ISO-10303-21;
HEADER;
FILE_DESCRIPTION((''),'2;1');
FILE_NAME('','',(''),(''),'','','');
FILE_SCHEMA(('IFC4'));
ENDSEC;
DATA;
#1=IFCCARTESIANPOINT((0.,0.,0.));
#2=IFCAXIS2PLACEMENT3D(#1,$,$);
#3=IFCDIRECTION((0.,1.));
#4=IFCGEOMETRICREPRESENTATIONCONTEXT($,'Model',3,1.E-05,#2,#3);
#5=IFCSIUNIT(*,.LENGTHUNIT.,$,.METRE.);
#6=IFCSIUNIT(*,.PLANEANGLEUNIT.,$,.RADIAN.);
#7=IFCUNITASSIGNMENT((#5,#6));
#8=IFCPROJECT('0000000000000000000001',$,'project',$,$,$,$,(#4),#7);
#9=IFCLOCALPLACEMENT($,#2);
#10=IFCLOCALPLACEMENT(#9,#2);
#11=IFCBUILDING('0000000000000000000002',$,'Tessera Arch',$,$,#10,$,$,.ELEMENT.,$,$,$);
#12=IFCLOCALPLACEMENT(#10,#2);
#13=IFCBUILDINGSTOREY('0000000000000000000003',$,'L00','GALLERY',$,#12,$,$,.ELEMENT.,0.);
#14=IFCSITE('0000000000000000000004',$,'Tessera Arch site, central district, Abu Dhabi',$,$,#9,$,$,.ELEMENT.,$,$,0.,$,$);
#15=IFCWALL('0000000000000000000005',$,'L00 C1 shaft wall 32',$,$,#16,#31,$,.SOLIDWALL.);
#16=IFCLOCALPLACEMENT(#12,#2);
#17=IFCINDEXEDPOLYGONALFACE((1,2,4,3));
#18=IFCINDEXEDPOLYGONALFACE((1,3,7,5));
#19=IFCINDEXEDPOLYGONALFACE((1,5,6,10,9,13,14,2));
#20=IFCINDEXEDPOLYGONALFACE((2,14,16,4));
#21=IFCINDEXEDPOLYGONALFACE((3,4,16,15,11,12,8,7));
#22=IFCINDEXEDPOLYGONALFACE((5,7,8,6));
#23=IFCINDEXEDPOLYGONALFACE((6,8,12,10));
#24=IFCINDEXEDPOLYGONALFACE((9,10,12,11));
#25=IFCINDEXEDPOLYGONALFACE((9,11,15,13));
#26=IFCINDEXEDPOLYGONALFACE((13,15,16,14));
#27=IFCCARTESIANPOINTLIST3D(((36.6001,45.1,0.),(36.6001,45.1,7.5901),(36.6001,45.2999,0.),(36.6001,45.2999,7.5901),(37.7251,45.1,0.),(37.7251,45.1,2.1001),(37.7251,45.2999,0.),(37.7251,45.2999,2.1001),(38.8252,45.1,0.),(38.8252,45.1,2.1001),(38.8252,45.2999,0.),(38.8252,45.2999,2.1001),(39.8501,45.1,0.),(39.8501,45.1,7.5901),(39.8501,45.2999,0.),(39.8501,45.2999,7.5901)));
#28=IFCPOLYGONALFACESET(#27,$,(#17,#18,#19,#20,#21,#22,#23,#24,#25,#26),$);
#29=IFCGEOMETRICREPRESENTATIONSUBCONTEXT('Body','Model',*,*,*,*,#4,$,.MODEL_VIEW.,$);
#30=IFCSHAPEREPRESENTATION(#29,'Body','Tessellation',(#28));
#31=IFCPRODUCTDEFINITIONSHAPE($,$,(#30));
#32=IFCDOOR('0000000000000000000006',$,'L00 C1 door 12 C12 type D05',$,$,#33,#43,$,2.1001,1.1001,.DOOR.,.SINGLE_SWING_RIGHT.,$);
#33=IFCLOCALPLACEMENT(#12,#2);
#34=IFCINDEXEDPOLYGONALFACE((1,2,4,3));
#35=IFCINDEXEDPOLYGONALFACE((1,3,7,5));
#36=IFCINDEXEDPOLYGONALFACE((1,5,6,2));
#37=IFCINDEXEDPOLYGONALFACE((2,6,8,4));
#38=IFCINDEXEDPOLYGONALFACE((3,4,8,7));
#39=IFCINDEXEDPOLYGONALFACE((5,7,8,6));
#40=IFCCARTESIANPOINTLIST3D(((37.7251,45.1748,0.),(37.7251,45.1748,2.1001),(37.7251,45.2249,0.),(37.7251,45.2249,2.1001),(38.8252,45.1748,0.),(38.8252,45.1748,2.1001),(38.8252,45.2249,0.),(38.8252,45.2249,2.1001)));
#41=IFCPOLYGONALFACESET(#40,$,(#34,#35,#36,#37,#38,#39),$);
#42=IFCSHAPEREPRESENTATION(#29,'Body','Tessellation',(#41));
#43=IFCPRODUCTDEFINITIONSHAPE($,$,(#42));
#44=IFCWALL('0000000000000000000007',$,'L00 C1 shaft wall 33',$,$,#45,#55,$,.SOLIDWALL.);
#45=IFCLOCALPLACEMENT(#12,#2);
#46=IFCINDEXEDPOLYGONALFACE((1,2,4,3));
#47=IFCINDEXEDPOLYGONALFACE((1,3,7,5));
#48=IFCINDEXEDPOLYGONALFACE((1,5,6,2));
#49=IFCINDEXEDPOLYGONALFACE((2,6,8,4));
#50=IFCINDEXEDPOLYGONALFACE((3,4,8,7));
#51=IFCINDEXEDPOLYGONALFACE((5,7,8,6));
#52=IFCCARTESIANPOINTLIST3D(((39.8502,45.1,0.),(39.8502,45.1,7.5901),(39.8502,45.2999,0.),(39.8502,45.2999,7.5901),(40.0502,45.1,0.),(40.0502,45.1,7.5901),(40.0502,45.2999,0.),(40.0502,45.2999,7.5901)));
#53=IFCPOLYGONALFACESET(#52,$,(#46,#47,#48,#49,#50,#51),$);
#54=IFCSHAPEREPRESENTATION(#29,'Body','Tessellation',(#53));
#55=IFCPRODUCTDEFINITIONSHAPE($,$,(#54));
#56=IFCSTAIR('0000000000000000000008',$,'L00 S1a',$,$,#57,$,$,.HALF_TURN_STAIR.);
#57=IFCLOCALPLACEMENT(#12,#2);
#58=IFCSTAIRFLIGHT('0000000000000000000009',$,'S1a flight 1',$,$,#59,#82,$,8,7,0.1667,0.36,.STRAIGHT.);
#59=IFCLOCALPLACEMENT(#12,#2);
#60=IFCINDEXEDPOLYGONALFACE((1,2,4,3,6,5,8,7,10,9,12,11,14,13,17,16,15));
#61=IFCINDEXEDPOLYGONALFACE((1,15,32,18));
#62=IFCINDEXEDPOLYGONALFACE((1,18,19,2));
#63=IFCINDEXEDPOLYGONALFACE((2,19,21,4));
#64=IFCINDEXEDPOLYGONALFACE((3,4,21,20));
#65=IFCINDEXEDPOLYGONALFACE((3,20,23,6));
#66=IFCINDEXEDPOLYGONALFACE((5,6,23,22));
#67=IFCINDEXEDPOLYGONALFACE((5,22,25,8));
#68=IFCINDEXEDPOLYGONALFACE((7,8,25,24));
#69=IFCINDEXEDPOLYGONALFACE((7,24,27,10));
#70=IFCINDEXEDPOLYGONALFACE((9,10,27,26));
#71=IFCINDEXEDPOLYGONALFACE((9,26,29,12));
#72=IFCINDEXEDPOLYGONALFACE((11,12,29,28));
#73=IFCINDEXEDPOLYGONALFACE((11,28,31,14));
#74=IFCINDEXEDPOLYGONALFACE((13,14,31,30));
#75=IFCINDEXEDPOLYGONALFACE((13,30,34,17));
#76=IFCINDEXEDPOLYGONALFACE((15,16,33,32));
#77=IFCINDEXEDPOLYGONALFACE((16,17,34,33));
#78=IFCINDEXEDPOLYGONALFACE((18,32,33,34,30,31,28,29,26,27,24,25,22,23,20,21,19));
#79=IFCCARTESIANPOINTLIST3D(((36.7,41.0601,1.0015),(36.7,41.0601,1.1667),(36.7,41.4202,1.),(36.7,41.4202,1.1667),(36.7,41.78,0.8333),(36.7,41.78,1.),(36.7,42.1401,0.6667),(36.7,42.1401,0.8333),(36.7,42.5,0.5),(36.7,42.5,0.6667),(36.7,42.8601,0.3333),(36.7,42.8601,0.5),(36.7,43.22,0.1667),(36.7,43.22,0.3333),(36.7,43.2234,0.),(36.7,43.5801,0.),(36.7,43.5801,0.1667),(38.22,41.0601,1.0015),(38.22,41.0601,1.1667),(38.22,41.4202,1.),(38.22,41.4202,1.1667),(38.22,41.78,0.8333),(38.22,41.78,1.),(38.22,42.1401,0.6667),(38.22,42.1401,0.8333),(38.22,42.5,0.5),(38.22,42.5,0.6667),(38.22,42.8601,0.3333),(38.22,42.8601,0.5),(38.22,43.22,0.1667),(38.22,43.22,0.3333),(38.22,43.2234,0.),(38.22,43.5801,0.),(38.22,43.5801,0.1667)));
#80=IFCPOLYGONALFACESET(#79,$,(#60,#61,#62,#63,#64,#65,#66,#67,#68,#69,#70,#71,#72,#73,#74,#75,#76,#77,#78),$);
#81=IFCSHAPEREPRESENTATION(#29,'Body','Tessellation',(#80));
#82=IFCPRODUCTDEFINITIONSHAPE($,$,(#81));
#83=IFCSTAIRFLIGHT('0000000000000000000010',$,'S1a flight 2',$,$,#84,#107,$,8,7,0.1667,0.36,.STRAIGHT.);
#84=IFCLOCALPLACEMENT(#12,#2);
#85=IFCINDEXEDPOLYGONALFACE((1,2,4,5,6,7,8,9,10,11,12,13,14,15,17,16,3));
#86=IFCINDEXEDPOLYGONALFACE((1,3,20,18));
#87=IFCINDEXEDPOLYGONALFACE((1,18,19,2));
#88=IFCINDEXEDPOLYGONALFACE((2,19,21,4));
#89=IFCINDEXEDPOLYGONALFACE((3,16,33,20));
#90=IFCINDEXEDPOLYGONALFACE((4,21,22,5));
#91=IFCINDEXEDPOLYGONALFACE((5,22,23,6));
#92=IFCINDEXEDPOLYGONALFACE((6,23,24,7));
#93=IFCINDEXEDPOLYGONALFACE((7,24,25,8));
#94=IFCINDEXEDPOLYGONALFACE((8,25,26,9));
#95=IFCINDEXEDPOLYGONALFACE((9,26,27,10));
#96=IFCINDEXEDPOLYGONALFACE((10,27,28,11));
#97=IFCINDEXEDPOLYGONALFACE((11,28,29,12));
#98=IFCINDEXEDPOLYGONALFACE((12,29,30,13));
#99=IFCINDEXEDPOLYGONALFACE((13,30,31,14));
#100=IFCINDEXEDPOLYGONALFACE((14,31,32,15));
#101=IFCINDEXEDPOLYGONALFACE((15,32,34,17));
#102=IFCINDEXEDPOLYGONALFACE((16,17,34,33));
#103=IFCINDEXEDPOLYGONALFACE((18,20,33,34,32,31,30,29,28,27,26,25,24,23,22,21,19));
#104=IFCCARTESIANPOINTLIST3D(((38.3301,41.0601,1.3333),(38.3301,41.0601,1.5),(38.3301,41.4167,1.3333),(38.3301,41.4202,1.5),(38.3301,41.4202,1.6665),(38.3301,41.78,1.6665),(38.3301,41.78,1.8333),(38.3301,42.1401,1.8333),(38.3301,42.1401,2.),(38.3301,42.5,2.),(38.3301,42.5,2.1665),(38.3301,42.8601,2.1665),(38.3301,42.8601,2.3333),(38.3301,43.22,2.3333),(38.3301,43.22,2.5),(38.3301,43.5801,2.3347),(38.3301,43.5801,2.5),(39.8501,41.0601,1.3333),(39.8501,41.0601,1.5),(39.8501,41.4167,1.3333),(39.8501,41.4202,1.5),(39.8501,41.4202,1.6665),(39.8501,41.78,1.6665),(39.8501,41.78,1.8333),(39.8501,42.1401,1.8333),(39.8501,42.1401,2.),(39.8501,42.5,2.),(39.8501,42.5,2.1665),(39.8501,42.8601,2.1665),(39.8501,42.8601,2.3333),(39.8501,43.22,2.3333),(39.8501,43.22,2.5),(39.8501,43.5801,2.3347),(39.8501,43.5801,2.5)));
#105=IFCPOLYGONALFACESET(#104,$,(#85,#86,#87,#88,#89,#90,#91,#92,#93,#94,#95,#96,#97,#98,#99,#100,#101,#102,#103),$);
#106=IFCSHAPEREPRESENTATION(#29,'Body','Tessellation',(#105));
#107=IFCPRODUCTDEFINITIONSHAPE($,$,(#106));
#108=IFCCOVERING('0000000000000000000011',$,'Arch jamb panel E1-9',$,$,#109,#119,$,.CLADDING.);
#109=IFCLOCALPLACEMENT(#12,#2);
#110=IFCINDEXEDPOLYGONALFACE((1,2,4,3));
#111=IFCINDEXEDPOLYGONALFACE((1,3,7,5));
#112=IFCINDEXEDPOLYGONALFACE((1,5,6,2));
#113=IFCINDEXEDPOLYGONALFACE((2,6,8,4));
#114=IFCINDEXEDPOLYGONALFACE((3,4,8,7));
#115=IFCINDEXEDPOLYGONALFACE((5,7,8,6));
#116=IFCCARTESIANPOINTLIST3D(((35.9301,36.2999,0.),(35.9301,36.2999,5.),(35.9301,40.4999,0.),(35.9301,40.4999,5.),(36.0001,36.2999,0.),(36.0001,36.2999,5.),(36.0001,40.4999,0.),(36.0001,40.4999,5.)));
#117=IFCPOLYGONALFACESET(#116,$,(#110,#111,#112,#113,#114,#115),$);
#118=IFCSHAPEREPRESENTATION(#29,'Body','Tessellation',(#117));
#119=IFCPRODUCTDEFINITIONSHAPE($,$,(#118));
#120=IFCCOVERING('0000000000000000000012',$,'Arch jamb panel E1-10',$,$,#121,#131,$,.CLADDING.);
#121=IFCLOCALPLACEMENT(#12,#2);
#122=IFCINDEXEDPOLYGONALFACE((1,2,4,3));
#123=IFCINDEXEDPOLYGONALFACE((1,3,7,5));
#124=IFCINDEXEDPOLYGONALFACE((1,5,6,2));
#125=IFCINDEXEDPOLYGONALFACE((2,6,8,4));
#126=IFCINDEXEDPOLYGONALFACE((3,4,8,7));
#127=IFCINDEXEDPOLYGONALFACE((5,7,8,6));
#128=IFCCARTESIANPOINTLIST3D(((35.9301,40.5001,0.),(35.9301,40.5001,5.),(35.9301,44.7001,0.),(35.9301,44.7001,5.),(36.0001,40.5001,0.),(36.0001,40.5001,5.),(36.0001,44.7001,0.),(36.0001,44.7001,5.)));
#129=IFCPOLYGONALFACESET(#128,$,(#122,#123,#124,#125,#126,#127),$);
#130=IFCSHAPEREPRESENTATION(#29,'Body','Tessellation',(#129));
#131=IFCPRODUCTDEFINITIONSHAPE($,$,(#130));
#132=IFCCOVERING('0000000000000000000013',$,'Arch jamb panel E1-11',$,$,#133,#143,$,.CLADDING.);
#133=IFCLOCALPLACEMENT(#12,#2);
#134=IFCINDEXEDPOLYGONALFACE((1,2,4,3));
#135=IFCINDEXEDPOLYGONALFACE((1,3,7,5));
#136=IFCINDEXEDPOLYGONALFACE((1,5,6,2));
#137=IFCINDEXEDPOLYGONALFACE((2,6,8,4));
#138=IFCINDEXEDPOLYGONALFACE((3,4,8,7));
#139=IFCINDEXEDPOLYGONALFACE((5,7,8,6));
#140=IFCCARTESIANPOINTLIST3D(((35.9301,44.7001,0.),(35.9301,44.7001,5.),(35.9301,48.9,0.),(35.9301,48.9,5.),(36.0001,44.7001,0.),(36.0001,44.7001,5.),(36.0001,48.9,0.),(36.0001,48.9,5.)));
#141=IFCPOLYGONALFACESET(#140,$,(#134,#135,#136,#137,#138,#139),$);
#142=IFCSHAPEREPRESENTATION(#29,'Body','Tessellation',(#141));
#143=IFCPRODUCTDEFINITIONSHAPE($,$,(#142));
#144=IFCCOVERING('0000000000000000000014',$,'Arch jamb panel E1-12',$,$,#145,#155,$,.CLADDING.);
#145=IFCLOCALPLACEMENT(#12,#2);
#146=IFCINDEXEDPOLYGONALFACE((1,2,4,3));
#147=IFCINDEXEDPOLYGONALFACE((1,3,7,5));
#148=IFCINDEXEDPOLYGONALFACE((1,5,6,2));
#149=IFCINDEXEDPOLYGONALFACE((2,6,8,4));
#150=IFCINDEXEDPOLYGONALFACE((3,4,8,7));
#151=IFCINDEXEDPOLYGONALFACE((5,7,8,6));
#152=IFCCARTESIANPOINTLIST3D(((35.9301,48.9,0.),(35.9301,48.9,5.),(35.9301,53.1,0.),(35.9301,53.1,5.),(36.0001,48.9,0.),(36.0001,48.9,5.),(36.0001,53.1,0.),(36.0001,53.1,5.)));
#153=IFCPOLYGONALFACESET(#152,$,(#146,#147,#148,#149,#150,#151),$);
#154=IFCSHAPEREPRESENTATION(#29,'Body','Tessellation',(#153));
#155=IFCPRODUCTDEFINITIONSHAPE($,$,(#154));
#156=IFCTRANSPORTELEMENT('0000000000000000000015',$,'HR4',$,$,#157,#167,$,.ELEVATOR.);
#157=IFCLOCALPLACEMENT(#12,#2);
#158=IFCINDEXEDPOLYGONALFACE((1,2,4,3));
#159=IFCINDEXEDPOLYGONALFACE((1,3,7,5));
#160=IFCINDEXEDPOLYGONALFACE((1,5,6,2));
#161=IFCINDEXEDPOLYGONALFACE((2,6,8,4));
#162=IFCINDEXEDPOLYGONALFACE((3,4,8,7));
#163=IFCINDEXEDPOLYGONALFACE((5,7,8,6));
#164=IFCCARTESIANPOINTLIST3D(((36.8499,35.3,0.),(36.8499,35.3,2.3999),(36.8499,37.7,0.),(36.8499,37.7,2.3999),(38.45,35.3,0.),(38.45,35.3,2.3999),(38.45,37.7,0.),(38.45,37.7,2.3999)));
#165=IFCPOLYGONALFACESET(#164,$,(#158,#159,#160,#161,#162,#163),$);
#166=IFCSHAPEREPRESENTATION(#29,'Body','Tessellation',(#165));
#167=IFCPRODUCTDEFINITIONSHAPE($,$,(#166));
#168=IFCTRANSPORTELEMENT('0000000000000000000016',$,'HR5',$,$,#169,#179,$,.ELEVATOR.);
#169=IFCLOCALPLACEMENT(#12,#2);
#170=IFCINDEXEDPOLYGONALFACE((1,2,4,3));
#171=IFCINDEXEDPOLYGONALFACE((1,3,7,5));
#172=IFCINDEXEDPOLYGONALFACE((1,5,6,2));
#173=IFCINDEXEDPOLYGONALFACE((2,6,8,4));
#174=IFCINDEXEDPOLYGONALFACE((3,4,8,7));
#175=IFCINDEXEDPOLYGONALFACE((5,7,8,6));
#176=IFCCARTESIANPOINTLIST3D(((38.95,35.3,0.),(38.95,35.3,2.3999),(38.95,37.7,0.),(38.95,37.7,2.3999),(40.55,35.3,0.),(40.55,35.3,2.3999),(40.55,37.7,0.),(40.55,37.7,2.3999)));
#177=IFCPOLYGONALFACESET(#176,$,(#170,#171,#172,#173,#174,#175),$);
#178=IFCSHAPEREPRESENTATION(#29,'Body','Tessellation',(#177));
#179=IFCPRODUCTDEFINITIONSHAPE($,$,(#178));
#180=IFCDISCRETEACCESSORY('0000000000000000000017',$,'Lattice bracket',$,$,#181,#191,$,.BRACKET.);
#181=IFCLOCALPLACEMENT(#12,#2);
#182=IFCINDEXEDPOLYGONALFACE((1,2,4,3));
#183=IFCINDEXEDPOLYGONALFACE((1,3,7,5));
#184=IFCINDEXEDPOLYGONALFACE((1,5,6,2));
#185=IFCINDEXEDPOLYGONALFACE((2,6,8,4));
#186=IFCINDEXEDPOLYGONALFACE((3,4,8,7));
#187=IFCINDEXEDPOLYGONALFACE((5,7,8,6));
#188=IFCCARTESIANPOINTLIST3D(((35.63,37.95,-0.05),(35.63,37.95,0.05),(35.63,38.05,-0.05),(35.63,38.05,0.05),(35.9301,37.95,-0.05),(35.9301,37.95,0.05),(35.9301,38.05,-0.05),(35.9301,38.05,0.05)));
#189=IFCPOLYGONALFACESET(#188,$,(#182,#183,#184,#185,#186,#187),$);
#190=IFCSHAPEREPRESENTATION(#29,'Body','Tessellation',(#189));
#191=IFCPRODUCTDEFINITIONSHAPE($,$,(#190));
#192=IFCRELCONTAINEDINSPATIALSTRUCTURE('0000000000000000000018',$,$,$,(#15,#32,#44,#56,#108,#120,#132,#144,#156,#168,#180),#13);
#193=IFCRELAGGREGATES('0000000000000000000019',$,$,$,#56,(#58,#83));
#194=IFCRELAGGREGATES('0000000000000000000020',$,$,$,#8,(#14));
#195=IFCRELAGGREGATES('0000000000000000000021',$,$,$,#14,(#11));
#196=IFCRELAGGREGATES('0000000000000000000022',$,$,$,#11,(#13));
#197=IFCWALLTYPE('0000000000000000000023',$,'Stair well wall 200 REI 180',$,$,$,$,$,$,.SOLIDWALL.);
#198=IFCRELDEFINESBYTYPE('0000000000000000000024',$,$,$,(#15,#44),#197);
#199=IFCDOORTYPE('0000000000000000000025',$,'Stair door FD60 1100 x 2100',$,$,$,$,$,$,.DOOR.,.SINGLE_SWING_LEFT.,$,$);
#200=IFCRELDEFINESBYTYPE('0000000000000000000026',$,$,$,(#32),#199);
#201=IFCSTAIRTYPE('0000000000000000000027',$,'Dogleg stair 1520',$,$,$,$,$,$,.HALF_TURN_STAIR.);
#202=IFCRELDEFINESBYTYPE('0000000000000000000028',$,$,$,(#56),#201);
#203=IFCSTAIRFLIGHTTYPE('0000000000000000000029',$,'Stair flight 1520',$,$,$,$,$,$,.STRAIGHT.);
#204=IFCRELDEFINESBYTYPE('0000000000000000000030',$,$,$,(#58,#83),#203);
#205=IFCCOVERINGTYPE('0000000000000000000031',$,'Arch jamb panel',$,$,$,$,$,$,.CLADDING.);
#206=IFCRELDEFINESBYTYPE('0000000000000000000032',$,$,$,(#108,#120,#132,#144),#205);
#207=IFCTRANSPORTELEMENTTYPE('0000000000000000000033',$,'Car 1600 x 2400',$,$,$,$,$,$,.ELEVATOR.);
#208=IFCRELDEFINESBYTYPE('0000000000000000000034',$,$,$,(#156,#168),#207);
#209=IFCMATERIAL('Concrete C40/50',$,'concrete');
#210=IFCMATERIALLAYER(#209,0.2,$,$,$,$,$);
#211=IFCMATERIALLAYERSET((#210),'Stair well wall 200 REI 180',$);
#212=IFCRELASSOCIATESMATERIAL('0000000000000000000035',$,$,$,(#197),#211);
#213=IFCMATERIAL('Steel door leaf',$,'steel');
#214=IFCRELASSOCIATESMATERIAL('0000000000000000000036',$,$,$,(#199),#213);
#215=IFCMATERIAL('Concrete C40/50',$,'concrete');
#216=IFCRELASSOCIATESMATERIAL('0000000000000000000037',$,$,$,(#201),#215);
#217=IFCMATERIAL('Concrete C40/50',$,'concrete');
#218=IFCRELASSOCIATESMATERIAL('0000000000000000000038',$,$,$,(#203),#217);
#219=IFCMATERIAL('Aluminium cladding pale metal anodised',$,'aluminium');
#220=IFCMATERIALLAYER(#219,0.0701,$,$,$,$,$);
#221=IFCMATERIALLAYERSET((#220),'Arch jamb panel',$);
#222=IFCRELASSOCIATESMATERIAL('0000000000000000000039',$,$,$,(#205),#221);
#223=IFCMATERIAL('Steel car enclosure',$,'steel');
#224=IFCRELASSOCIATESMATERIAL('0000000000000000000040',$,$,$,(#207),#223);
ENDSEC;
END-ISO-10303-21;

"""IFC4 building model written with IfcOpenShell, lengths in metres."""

from ifc_helpers import new_model, si_unit, direction, frame, frame_2d, origin, origin_2d, place, context, subcontext, project, spatial, polyline, rectangle, outline, extrude, material, layer, layer_set, type_object, element, fill, aggregate, save


model = new_model("IFC4")

# Units and contexts
model_context = context("Model", 3, precision=1e-05, world=origin(), true_north=direction((0.0, 1.0)))
body_context = subcontext(model_context, "Body", "Model", "MODEL_VIEW")
ifc_project = project(units=[si_unit("LENGTHUNIT", "METRE"), si_unit("PLANEANGLEUNIT", "RADIAN")], contexts=[model_context])

# Site, building, storey
site_placement = place(None, origin())
site = spatial("IfcSite", under=ifc_project, at=site_placement, Name="Tessera Arch site, central district, Abu Dhabi", CompositionType="ELEMENT", RefElevation=0.0)
building_placement = place(site_placement, origin())
building = spatial("IfcBuilding", under=site, at=building_placement, Name="Tessera Arch", CompositionType="ELEMENT")
storey_placement = place(building_placement, origin())
storey = spatial("IfcBuildingStorey", under=building, at=storey_placement, Name="L00", Description="GALLERY", CompositionType="ELEMENT", Elevation=0.0)

# Shared definitions
ifc_material_1 = material(Name="Concrete C40/50", Category="concrete")
ifc_layer_1 = layer(ifc_material_1, 0.2)
ifc_layer_set_1 = layer_set([ifc_layer_1], Name="Stair well wall 200 REI 180")
wall_type_1 = type_object("IfcWallType", Name="Stair well wall 200 REI 180", PredefinedType="SOLIDWALL", material=ifc_layer_set_1)

# Wall, opening, door
wall_1_placement = place(storey_placement, frame((36.6001, 45.2, 0.0), z_axis=(0.0, 0.0, 1.0), x_axis=(1.0, 0.0, 0.0)))
wall_1 = element("IfcWall", 1, at=wall_1_placement, inside=storey, type_object=wall_type_1, Name="L00 C1 shaft wall 32", PredefinedType="SOLIDWALL", context=body_context, shape_type="SweptSolid", body=[
    extrude(rectangle(XDim=3.25, YDim=0.2, at=frame_2d((1.625, 0.0))), origin(), (0.0, 0.0, 1.0), 7.5901),
])
opening_1_placement = place(wall_1_placement, frame((1.125, 0.0, 0.0)))
opening_1 = element("IfcOpeningElement", 2, at=opening_1_placement, cuts=wall_1, PredefinedType="OPENING", context=body_context, shape_type="SweptSolid", body=[
    extrude(rectangle(XDim=1.1001, YDim=2.1001, at=frame_2d((0.55, 1.05))), frame((0.0, 0.1099, 0.0), z_axis=(0.0, -1.0, 0.0), x_axis=(1.0, 0.0, 0.0)), (0.0, 0.0, 1.0), 0.22),
])
ifc_material_2 = material(Name="Steel door leaf", Category="steel")
door_type_1 = type_object("IfcDoorType", Name="Stair door FD60 1100 x 2100", OperationType="SINGLE_SWING_LEFT", PredefinedType="DOOR", material=ifc_material_2)
door_1_placement = place(opening_1_placement, origin())
door_1 = element("IfcDoor", 3, at=door_1_placement, inside=storey, type_object=door_type_1, Name="L00 C1 door 12 C12 type D05", OperationType="SINGLE_SWING_RIGHT", OverallHeight=2.1001, OverallWidth=1.1001, PredefinedType="DOOR", context=body_context, shape_type="SweptSolid", body=[
    extrude(rectangle(XDim=1.1001, YDim=2.1001, at=frame_2d((0.55, 1.05))), frame((0.0, 0.0249, 0.0), z_axis=(0.0, -1.0, 0.0), x_axis=(1.0, 0.0, 0.0)), (0.0, 0.0, 1.0), 0.05),
])
fill(opening_1, door_1)

# Wall
wall_2_placement = place(storey_placement, frame((39.8501, 45.2, 0.0), z_axis=(0.0, 0.0, 1.0), x_axis=(1.0, 0.0, 0.0)))
element("IfcWall", 4, at=wall_2_placement, inside=storey, type_object=wall_type_1, Name="L00 C1 shaft wall 33", PredefinedType="SOLIDWALL", context=body_context, shape_type="SweptSolid", body=[
    extrude(rectangle(XDim=0.2, YDim=0.2, at=frame_2d((0.1001, 0.0))), origin(), (0.0, 0.0, 1.0), 7.5901),
])

# Stair, stair flights
ifc_material_3 = material(Name="Concrete C40/50", Category="concrete")
stair_type = type_object("IfcStairType", Name="Dogleg stair 1520", PredefinedType="HALF_TURN_STAIR", material=ifc_material_3)
stair_placement = place(storey_placement, origin())
stair = element("IfcStair", 5, at=stair_placement, inside=storey, type_object=stair_type, Name="L00 S1a", PredefinedType="HALF_TURN_STAIR")
ifc_material_4 = material(Name="Concrete C40/50", Category="concrete")
stair_flight_type = type_object("IfcStairFlightType", Name="Stair flight 1520", PredefinedType="STRAIGHT", material=ifc_material_4)
stair_flight_1_placement = place(storey_placement, frame((37.46, 43.5801, 0.0), z_axis=(0.0, 0.0, 1.0), x_axis=(0.0, -1.0, 0.0)))
stair_flight_1 = element("IfcStairFlight", 6, at=stair_flight_1_placement, type_object=stair_flight_type, Name="S1a flight 1", NumberOfRisers=8, NumberOfTreads=7, PredefinedType="STRAIGHT", RiserHeight=0.1667, TreadLength=0.36, context=body_context, shape_type="SweptSolid", body=[
    extrude(outline(polyline([(0.0, 0.0), (0.0, 0.1667), (0.3601, 0.1667), (0.3601, 0.3333), (0.72, 0.3333), (0.72, 0.5), (1.0801, 0.5), (1.0801, 0.6667), (1.4399, 0.6667), (1.4399, 0.8333), (1.8, 0.8333), (1.8, 1.0), (2.1599, 1.0), (2.1599, 1.1667), (2.52, 1.1667), (2.52, 1.3333), (2.52, 1.0015), (0.3567, 0.0), (0.0, 0.0)])), frame((0.0, 0.76, 0.0), z_axis=(0.0, -1.0, 0.0), x_axis=(1.0, 0.0, 0.0)), (0.0, 0.0, 1.0), 1.52),
])
stair_flight_2_placement = place(storey_placement, frame((39.0901, 41.0601, 1.3333), z_axis=(0.0, 0.0, 1.0), x_axis=(0.0, 1.0, 0.0)))
stair_flight_2 = element("IfcStairFlight", 7, at=stair_flight_2_placement, type_object=stair_flight_type, Name="S1a flight 2", NumberOfRisers=8, NumberOfTreads=7, PredefinedType="STRAIGHT", RiserHeight=0.1667, TreadLength=0.36, context=body_context, shape_type="SweptSolid", body=[
    extrude(outline(polyline([(0.0, 0.0), (0.0, 0.1667), (0.3601, 0.1667), (0.3601, 0.3333), (0.72, 0.3333), (0.72, 0.5), (1.0801, 0.5), (1.0801, 0.6667), (1.4399, 0.6667), (1.4399, 0.8333), (1.8, 0.8333), (1.8, 1.0), (2.1599, 1.0), (2.1599, 1.1667), (2.52, 1.1667), (2.52, 1.3333), (2.52, 1.0015), (0.3567, 0.0), (0.0, 0.0)])), frame((0.0, 0.76, 0.0), z_axis=(0.0, -1.0, 0.0), x_axis=(1.0, 0.0, 0.0)), (0.0, 0.0, 1.0), 1.52),
])
aggregate(stair, [stair_flight_1, stair_flight_2])

# Coverings
ifc_material_5 = material(Name="Aluminium cladding pale metal anodised", Category="aluminium")
ifc_layer_2 = layer(ifc_material_5, 0.0701)
ifc_layer_set_2 = layer_set([ifc_layer_2], Name="Arch jamb panel")
covering_type = type_object("IfcCoveringType", Name="Arch jamb panel", PredefinedType="CLADDING", material=ifc_layer_set_2)
for number, where, z_axis, x_axis, name in (
    (8, (35.9651, 38.3999, 0.0), (0.0, 0.0, 1.0), (1.0, 0.0, 0.0), "Arch jamb panel E1-9"),
    (9, (35.9651, 42.6001, 0.0), (0.0, 0.0, 1.0), (1.0, 0.0, 0.0), "Arch jamb panel E1-10"),
    (10, (35.9651, 46.8, 0.0), (0.0, 0.0, 1.0), (1.0, 0.0, 0.0), "Arch jamb panel E1-11"),
    (11, (35.9651, 51.0, 0.0), (0.0, 0.0, 1.0), (1.0, 0.0, 0.0), "Arch jamb panel E1-12"),
):
    element("IfcCovering", number, at=place(storey_placement, frame(where, z_axis=z_axis, x_axis=x_axis)), inside=storey, type_object=covering_type, Name=name, PredefinedType="CLADDING", context=body_context, shape_type="SweptSolid", body=[
        extrude(rectangle(XDim=0.0701, YDim=4.2, at=origin_2d()), origin(), (0.0, 0.0, 1.0), 5.0),
    ])

# Transport elements
ifc_material_6 = material(Name="Steel car enclosure", Category="steel")
transport_element_type = type_object("IfcTransportElementType", Name="Car 1600 x 2400", PredefinedType="ELEVATOR", material=ifc_material_6)
for number, where, z_axis, x_axis, name in (
    (12, (37.6499, 36.5, 0.0), (0.0, 0.0, 1.0), (1.0, 0.0, 0.0), "HR4"),
    (13, (39.75, 36.5, 0.0), (0.0, 0.0, 1.0), (1.0, 0.0, 0.0), "HR5"),
):
    element("IfcTransportElement", number, at=place(storey_placement, frame(where, z_axis=z_axis, x_axis=x_axis)), inside=storey, type_object=transport_element_type, Name=name, PredefinedType="ELEVATOR", context=body_context, shape_type="SweptSolid", body=[
        extrude(rectangle(XDim=1.6001, YDim=2.3999, at=origin_2d()), origin(), (0.0, 0.0, 1.0), 2.3999),
    ])

# Discrete accessory
for number, where, z_axis, x_axis, name in (
    (14, (35.78, 38.0, -0.05), (0.0, 0.0, 1.0), (-1.0, 0.0, 0.0), "Lattice bracket"),
):
    element("IfcDiscreteAccessory", number, at=place(storey_placement, frame(where, z_axis=z_axis, x_axis=x_axis)), inside=storey, Name=name, PredefinedType="BRACKET", context=body_context, shape_type="SweptSolid", body=[
        extrude(rectangle(XDim=0.3, YDim=0.1001, at=origin_2d()), origin(), (0.0, 0.0, 1.0), 0.1001),
    ])

save(model, "model.ifc")
